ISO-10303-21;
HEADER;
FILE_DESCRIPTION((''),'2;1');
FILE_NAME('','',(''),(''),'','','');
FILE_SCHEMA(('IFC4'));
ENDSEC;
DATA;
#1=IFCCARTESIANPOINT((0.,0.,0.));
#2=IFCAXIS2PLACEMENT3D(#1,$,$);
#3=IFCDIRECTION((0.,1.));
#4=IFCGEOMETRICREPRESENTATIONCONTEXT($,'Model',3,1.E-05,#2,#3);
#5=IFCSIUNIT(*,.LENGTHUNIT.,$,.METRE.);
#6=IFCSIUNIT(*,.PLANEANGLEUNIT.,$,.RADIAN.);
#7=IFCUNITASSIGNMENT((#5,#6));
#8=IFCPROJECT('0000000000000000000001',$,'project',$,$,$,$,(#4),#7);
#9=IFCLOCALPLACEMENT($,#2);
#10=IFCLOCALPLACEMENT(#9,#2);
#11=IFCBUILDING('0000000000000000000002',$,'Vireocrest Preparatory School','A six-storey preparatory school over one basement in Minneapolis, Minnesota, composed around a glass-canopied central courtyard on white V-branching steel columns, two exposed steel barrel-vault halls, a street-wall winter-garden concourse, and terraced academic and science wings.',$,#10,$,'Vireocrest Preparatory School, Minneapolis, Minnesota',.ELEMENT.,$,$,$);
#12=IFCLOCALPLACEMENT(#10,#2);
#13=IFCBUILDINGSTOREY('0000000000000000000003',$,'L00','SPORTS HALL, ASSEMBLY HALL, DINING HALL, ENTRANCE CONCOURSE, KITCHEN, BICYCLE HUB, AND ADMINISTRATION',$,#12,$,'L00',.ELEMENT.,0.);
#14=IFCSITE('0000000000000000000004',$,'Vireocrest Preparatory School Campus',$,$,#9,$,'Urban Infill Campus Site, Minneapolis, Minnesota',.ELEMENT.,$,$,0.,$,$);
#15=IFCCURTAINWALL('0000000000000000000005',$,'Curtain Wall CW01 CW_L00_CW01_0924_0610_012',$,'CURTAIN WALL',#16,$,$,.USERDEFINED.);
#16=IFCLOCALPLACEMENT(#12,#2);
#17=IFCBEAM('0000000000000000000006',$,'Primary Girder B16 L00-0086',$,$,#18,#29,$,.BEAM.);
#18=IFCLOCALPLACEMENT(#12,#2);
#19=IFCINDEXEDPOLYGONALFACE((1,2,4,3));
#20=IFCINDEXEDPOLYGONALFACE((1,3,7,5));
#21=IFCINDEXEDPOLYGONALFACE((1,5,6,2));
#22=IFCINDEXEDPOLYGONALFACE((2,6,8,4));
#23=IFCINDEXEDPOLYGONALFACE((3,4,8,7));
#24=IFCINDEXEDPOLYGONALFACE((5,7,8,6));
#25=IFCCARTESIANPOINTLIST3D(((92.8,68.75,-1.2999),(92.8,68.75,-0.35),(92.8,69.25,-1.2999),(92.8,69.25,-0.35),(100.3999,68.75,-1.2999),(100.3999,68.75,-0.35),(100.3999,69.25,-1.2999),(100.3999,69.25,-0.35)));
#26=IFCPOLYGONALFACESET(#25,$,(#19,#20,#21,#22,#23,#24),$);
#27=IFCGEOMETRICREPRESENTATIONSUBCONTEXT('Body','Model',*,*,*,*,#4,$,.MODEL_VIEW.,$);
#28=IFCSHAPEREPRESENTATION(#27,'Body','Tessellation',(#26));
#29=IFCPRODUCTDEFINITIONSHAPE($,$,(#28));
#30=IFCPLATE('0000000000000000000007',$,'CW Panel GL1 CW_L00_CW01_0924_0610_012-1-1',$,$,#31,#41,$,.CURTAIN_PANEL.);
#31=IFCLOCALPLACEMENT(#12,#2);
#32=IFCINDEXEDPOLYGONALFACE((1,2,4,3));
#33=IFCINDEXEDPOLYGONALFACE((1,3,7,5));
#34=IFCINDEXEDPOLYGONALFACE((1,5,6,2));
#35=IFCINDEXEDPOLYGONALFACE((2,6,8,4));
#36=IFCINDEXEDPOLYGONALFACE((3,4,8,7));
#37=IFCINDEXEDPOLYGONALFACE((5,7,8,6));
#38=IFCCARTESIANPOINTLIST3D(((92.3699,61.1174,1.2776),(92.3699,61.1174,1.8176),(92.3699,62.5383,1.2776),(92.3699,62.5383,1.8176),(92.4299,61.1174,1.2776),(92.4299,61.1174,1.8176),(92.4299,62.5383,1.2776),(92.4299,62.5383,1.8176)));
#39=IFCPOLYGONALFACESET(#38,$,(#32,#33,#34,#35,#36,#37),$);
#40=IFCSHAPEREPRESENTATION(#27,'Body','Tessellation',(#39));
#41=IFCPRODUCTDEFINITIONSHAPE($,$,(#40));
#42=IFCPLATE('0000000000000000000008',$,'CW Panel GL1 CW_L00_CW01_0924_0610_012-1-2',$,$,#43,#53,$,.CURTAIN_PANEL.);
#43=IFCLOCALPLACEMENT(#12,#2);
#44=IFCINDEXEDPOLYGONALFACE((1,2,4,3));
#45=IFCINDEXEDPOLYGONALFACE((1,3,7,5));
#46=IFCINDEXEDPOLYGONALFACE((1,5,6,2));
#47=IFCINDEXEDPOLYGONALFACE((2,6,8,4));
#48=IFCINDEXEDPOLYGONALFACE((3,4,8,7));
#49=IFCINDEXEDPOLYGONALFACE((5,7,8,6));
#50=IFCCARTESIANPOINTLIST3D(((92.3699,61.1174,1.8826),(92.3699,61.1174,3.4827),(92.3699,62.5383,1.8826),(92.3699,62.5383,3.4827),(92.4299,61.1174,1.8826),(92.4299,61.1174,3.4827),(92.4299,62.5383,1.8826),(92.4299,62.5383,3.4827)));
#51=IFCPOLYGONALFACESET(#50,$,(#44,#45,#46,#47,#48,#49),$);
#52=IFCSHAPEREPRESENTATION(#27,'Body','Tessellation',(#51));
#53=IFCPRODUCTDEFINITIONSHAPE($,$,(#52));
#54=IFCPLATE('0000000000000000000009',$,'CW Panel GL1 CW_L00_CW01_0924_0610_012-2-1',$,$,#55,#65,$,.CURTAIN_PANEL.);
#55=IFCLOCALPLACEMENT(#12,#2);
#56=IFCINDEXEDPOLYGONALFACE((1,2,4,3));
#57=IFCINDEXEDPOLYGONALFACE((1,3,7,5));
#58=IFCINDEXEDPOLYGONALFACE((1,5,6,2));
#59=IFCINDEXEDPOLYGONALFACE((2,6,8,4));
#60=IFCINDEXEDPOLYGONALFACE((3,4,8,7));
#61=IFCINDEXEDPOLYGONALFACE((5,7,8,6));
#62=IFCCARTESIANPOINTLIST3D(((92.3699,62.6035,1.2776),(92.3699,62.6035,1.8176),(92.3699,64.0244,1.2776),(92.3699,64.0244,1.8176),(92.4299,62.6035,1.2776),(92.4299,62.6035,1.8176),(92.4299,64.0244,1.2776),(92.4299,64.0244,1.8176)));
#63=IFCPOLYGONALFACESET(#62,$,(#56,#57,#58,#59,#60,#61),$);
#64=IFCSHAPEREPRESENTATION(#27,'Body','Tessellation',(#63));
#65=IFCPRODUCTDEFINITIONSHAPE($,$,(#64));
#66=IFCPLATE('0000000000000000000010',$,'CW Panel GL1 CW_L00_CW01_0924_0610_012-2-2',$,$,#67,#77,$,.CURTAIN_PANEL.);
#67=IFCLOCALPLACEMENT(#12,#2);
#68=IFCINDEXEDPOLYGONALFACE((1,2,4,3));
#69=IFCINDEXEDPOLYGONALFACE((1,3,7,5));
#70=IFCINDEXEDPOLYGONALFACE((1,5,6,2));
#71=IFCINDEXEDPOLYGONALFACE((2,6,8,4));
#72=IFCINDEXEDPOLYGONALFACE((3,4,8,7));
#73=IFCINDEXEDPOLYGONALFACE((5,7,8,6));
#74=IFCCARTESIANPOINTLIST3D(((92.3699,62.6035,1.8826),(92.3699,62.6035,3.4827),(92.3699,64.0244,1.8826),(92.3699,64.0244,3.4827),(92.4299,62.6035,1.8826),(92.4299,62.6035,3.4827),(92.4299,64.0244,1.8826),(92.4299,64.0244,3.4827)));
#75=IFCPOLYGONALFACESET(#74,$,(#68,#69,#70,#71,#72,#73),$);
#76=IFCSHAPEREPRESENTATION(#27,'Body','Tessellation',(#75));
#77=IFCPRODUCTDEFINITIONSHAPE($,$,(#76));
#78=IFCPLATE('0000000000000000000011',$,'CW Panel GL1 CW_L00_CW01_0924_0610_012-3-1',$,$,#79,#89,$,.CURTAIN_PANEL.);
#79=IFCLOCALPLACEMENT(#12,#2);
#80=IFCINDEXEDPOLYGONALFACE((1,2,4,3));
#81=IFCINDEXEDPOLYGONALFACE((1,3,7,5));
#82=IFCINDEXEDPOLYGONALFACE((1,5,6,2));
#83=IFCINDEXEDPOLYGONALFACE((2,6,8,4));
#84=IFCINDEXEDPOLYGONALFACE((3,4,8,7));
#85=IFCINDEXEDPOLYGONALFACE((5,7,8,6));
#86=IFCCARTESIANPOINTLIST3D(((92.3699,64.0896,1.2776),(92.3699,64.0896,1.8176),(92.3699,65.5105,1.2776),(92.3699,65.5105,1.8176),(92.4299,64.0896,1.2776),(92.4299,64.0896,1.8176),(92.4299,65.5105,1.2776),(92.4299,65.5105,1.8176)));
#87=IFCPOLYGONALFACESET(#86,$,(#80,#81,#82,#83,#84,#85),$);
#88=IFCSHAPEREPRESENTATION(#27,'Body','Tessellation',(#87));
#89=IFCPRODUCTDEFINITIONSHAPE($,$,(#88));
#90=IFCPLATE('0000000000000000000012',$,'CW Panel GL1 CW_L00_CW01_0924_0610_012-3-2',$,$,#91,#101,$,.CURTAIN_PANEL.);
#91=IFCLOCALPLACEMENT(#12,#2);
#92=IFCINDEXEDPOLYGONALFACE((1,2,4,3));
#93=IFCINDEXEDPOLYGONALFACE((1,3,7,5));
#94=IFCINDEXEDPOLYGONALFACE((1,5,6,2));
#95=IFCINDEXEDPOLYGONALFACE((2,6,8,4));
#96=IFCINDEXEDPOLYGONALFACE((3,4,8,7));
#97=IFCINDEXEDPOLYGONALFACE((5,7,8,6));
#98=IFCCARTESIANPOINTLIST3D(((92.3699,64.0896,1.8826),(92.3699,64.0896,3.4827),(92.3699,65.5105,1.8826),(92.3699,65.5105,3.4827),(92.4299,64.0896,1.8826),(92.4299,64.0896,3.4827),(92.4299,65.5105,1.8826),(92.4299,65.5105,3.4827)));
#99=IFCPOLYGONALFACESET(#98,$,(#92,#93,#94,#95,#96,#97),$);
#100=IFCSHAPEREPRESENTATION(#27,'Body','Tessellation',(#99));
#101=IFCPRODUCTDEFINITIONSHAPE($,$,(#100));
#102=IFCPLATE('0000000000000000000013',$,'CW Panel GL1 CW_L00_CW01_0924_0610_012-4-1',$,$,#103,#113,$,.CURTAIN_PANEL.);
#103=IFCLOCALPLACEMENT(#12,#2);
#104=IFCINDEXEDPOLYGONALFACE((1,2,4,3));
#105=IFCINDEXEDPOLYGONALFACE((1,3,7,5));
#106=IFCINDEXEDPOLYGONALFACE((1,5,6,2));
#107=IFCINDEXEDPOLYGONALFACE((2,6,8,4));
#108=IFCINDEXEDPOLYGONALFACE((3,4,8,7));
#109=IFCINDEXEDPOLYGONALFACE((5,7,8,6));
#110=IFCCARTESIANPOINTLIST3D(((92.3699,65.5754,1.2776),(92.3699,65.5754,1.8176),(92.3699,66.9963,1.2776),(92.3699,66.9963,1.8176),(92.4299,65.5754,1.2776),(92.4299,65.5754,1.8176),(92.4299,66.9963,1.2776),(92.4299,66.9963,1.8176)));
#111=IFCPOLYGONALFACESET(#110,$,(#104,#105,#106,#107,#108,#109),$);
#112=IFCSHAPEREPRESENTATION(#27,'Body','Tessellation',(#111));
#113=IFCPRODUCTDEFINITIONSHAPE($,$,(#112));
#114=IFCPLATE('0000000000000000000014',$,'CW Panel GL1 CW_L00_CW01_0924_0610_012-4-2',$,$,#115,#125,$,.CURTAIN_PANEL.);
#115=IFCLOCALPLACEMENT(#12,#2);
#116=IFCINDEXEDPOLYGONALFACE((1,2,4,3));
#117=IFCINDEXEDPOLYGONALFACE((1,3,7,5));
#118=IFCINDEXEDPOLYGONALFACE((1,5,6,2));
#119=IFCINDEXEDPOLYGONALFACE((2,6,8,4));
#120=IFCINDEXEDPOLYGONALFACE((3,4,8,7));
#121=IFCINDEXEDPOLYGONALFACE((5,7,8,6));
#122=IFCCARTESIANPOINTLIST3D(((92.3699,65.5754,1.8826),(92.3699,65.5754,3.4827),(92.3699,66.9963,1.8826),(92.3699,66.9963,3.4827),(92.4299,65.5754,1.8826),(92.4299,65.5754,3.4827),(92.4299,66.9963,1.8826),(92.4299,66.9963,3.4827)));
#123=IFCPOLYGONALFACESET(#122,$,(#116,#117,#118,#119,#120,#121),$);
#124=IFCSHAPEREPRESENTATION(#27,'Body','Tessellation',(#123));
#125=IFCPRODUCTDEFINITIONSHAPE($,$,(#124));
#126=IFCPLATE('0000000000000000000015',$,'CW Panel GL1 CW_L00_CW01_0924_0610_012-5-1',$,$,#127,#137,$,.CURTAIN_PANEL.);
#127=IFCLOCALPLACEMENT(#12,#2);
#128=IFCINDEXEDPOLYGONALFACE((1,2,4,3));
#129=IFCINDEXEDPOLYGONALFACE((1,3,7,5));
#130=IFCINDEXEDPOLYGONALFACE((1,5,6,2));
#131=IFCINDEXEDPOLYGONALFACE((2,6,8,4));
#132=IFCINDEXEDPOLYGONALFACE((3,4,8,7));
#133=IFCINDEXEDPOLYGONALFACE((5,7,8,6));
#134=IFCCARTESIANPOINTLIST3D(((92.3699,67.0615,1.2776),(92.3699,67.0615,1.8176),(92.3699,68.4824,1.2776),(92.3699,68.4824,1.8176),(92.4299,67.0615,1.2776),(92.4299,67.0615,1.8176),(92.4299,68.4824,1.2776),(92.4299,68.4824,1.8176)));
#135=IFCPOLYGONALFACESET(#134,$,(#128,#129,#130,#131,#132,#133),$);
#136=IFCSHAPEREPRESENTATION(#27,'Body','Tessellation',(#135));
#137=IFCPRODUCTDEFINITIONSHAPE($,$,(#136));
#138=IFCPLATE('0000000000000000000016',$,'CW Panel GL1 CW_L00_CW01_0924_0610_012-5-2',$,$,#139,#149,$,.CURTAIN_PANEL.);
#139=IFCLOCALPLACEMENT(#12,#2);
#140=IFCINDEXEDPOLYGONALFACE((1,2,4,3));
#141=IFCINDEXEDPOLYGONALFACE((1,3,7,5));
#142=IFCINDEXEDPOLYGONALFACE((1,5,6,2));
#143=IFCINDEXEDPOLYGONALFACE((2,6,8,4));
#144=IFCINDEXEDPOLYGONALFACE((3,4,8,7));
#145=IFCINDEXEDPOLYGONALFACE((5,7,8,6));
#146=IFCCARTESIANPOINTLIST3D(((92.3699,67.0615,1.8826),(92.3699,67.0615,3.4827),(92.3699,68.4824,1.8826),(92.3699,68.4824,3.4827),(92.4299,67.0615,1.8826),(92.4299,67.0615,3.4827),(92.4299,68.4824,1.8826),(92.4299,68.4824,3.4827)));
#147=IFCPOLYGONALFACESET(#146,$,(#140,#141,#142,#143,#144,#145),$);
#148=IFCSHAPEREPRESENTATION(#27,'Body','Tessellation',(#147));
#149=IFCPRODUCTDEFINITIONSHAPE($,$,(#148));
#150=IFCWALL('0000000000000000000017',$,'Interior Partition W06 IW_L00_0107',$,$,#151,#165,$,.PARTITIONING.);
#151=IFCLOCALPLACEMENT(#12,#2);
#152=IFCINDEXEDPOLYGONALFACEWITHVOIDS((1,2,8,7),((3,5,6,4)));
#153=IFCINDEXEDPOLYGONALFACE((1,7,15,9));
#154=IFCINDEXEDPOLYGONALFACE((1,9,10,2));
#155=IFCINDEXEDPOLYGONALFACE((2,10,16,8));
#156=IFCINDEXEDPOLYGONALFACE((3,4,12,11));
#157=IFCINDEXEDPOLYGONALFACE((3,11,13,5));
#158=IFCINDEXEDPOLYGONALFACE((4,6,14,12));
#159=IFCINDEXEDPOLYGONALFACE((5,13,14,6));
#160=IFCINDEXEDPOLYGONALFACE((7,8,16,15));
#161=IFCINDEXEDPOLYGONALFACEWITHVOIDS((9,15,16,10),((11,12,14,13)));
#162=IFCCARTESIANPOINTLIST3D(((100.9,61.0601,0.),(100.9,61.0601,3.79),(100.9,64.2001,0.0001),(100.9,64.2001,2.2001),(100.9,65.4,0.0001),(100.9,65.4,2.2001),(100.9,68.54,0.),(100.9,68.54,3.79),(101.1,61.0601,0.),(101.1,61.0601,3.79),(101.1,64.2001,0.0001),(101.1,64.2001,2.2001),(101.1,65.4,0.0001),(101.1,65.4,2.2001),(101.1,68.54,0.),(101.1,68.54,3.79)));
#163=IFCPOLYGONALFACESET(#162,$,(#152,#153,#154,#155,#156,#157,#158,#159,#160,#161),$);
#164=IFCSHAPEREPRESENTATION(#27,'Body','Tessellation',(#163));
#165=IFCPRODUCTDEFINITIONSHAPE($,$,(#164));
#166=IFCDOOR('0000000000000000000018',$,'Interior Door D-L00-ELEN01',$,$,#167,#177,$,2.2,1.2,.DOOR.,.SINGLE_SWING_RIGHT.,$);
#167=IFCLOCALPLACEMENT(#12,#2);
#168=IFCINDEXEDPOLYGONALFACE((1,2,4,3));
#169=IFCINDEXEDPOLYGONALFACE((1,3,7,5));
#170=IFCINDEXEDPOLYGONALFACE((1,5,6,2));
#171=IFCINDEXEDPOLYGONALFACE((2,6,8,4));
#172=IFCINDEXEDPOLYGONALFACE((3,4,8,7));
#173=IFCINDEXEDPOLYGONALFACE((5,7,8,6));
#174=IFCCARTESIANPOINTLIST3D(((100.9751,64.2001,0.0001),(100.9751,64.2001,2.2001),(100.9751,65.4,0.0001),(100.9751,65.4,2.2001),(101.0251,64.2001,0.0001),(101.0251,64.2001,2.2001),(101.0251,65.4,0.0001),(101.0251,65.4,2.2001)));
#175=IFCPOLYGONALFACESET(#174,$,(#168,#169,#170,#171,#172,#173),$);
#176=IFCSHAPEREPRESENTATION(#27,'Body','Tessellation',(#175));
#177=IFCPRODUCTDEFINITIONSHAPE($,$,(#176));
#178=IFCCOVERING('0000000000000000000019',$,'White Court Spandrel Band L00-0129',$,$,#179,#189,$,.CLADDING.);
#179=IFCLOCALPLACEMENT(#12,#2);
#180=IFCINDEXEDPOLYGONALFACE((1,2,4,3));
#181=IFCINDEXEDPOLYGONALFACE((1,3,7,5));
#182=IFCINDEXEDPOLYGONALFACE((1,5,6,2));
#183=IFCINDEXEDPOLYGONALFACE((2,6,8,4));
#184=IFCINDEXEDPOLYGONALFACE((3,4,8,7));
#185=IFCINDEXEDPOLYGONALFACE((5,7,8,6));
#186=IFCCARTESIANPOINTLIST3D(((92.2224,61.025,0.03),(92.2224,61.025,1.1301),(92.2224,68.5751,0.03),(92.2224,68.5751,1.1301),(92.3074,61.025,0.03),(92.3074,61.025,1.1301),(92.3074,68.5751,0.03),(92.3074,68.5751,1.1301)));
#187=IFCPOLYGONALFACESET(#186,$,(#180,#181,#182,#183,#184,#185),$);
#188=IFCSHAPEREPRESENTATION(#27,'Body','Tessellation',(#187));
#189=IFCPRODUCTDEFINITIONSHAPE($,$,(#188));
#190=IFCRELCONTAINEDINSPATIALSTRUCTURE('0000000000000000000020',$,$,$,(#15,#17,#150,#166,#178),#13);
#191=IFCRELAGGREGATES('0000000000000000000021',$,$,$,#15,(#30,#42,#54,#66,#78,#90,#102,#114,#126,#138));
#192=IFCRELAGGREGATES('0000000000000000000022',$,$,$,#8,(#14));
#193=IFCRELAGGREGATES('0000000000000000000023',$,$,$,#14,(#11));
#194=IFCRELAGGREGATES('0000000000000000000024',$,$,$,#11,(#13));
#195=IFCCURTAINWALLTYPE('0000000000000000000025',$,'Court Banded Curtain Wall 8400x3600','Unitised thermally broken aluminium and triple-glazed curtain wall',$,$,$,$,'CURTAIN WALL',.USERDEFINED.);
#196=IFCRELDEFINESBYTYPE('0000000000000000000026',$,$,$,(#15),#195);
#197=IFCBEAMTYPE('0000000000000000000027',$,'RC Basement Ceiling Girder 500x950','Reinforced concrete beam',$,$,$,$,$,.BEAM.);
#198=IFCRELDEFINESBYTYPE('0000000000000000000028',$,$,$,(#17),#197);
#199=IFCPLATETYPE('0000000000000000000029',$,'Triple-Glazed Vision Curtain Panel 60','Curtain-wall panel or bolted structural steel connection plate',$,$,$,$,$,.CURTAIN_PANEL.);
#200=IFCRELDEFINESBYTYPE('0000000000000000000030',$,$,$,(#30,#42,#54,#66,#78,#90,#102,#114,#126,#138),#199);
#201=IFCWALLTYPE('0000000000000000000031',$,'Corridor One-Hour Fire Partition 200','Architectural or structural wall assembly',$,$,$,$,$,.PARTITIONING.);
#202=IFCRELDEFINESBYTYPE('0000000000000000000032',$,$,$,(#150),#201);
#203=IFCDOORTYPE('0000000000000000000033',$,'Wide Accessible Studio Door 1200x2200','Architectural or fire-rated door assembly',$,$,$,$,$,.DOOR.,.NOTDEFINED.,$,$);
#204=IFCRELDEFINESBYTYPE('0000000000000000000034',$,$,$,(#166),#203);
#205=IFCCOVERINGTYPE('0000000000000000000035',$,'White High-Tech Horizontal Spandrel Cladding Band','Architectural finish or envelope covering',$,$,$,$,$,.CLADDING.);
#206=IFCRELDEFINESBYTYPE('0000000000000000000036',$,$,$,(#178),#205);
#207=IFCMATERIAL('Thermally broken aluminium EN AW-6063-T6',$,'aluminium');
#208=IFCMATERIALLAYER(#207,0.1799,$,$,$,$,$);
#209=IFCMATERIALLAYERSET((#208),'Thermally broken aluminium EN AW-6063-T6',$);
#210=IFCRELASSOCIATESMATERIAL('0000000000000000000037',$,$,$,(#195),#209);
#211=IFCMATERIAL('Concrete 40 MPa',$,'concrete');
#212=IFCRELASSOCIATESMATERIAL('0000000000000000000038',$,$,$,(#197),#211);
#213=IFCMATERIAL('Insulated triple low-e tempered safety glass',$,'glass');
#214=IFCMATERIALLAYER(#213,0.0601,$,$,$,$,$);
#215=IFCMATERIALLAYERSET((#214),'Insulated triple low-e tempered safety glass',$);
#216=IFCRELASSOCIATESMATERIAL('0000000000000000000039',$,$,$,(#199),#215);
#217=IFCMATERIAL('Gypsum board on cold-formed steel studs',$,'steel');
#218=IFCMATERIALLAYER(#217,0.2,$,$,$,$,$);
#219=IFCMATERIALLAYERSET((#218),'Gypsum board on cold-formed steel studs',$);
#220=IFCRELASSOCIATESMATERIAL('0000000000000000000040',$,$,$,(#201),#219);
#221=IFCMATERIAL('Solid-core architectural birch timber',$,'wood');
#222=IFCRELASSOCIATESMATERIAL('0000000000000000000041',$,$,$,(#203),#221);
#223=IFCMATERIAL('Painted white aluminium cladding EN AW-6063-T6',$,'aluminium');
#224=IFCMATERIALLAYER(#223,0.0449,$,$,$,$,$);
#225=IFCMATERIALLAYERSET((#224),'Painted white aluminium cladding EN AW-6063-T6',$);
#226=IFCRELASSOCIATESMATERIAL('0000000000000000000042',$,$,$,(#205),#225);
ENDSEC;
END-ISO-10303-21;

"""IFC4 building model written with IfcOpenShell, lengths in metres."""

from ifc_helpers import new_model, si_unit, direction, frame, frame_2d, origin, origin_2d, place, context, subcontext, project, spatial, rectangle, extrude, material, layer, layer_set, material_profile, profile_set, type_object, element, fill, aggregate, save


model = new_model("IFC4")

# Units and contexts
model_context = context("Model", 3, precision=1e-05, world=origin(), true_north=direction((0.0, 1.0)))
body_context = subcontext(model_context, "Body", "Model", "MODEL_VIEW")
ifc_project = project(units=[si_unit("LENGTHUNIT", "METRE"), si_unit("PLANEANGLEUNIT", "RADIAN")], contexts=[model_context])

# Site, building, storey
site_placement = place(None, origin())
site = spatial("IfcSite", under=ifc_project, at=site_placement, Name="Vireocrest Preparatory School Campus", LongName="Urban Infill Campus Site, Minneapolis, Minnesota", CompositionType="ELEMENT", RefElevation=0.0)
building_placement = place(site_placement, origin())
building = spatial("IfcBuilding", under=site, at=building_placement, Name="Vireocrest Preparatory School", Description="A six-storey preparatory school over one basement in Minneapolis, Minnesota, composed around a glass-canopied central courtyard on white V-branching steel columns, two exposed steel barrel-vault halls, a street-wall winter-garden concourse, and terraced academic and science wings.", LongName="Vireocrest Preparatory School, Minneapolis, Minnesota", CompositionType="ELEMENT")
storey_placement = place(building_placement, origin())
storey = spatial("IfcBuildingStorey", under=building, at=storey_placement, Name="L00", Description="SPORTS HALL, ASSEMBLY HALL, DINING HALL, ENTRANCE CONCOURSE, KITCHEN, BICYCLE HUB, AND ADMINISTRATION", LongName="L00", CompositionType="ELEMENT", Elevation=0.0)

# Curtain wall
ifc_material_1 = material(Name="Thermally broken aluminium EN AW-6063-T6", Category="aluminium")
ifc_layer_1 = layer(ifc_material_1, 0.1799)
ifc_layer_set_1 = layer_set([ifc_layer_1], Name="Thermally broken aluminium EN AW-6063-T6")
curtain_wall_type = type_object("IfcCurtainWallType", Name="Court Banded Curtain Wall 8400x3600", Description="Unitised thermally broken aluminium and triple-glazed curtain wall", ElementType="CURTAIN WALL", PredefinedType="USERDEFINED", material=ifc_layer_set_1)
curtain_wall_placement = place(storey_placement, origin())
curtain_wall = element("IfcCurtainWall", 1, at=curtain_wall_placement, inside=storey, type_object=curtain_wall_type, Name="Curtain Wall CW01 CW_L00_CW01_0924_0610_012", ObjectType="CURTAIN WALL", PredefinedType="USERDEFINED")

# Beam
ifc_material_2 = material(Name="Concrete 40 MPa", Category="concrete")
ifc_material_profile_1 = material_profile(ifc_material_2, rectangle(XDim=0.5, YDim=0.95, at=origin_2d()), Name="RC 500x950")
ifc_profile_set_1 = profile_set([ifc_material_profile_1], Name="Concrete 40 MPa")
beam_type = type_object("IfcBeamType", Name="RC Basement Ceiling Girder 500x950", Description="Reinforced concrete beam", PredefinedType="BEAM", material=ifc_profile_set_1)
beam_placement = place(storey_placement, frame((92.8, 69.0, -0.825), z_axis=(1.0, 0.0, 0.0), x_axis=(0.0, 1.0, 0.0)))
element("IfcBeam", 2, at=beam_placement, inside=storey, type_object=beam_type, Name="Primary Girder B16 L00-0086", PredefinedType="BEAM", context=body_context, shape_type="SweptSolid", body=[
    extrude(rectangle(XDim=0.5, YDim=0.95, at=origin_2d()), origin(), (0.0, 0.0, 1.0), 7.5999),
])

# Plates
ifc_material_3 = material(Name="Insulated triple low-e tempered safety glass", Category="glass")
ifc_layer_2 = layer(ifc_material_3, 0.0601)
ifc_layer_set_2 = layer_set([ifc_layer_2], Name="Insulated triple low-e tempered safety glass")
plate_type = type_object("IfcPlateType", Name="Triple-Glazed Vision Curtain Panel 60", Description="Curtain-wall panel or bolted structural steel connection plate", PredefinedType="CURTAIN_PANEL", material=ifc_layer_set_2)
plate_1_placement = place(storey_placement, frame((92.3999, 61.8279, 1.2776), z_axis=(0.0, 0.0, 1.0), x_axis=(0.0, 1.0, 0.0)))
plate_1 = element("IfcPlate", 3, at=plate_1_placement, type_object=plate_type, Name="CW Panel GL1 CW_L00_CW01_0924_0610_012-1-1", PredefinedType="CURTAIN_PANEL", context=body_context, shape_type="SweptSolid", body=[
    extrude(rectangle(XDim=1.4209, YDim=0.0601, at=origin_2d()), origin(), (0.0, 0.0, 1.0), 0.54),
])
plate_2_placement = place(storey_placement, frame((92.3999, 61.8279, 1.8826), z_axis=(0.0, 0.0, 1.0), x_axis=(0.0, 1.0, 0.0)))
plate_2 = element("IfcPlate", 4, at=plate_2_placement, type_object=plate_type, Name="CW Panel GL1 CW_L00_CW01_0924_0610_012-1-2", PredefinedType="CURTAIN_PANEL", context=body_context, shape_type="SweptSolid", body=[
    extrude(rectangle(XDim=1.4209, YDim=0.0601, at=origin_2d()), origin(), (0.0, 0.0, 1.0), 1.6001),
])
plate_3_placement = place(storey_placement, frame((92.3999, 63.314, 1.2776), z_axis=(0.0, 0.0, 1.0), x_axis=(0.0, 1.0, 0.0)))
plate_3 = element("IfcPlate", 5, at=plate_3_placement, type_object=plate_type, Name="CW Panel GL1 CW_L00_CW01_0924_0610_012-2-1", PredefinedType="CURTAIN_PANEL", context=body_context, shape_type="SweptSolid", body=[
    extrude(rectangle(XDim=1.4209, YDim=0.0601, at=origin_2d()), origin(), (0.0, 0.0, 1.0), 0.54),
])
plate_4_placement = place(storey_placement, frame((92.3999, 63.314, 1.8826), z_axis=(0.0, 0.0, 1.0), x_axis=(0.0, 1.0, 0.0)))
plate_4 = element("IfcPlate", 6, at=plate_4_placement, type_object=plate_type, Name="CW Panel GL1 CW_L00_CW01_0924_0610_012-2-2", PredefinedType="CURTAIN_PANEL", context=body_context, shape_type="SweptSolid", body=[
    extrude(rectangle(XDim=1.4209, YDim=0.0601, at=origin_2d()), origin(), (0.0, 0.0, 1.0), 1.6001),
])
plate_5_placement = place(storey_placement, frame((92.3999, 64.8, 1.2776), z_axis=(0.0, 0.0, 1.0), x_axis=(0.0, 1.0, 0.0)))
plate_5 = element("IfcPlate", 7, at=plate_5_placement, type_object=plate_type, Name="CW Panel GL1 CW_L00_CW01_0924_0610_012-3-1", PredefinedType="CURTAIN_PANEL", context=body_context, shape_type="SweptSolid", body=[
    extrude(rectangle(XDim=1.4209, YDim=0.0601, at=origin_2d()), origin(), (0.0, 0.0, 1.0), 0.54),
])
plate_6_placement = place(storey_placement, frame((92.3999, 64.8, 1.8826), z_axis=(0.0, 0.0, 1.0), x_axis=(0.0, 1.0, 0.0)))
plate_6 = element("IfcPlate", 8, at=plate_6_placement, type_object=plate_type, Name="CW Panel GL1 CW_L00_CW01_0924_0610_012-3-2", PredefinedType="CURTAIN_PANEL", context=body_context, shape_type="SweptSolid", body=[
    extrude(rectangle(XDim=1.4209, YDim=0.0601, at=origin_2d()), origin(), (0.0, 0.0, 1.0), 1.6001),
])
plate_7_placement = place(storey_placement, frame((92.3999, 66.2859, 1.2776), z_axis=(0.0, 0.0, 1.0), x_axis=(0.0, 1.0, 0.0)))
plate_7 = element("IfcPlate", 9, at=plate_7_placement, type_object=plate_type, Name="CW Panel GL1 CW_L00_CW01_0924_0610_012-4-1", PredefinedType="CURTAIN_PANEL", context=body_context, shape_type="SweptSolid", body=[
    extrude(rectangle(XDim=1.4209, YDim=0.0601, at=origin_2d()), origin(), (0.0, 0.0, 1.0), 0.54),
])
plate_8_placement = place(storey_placement, frame((92.3999, 66.2859, 1.8826), z_axis=(0.0, 0.0, 1.0), x_axis=(0.0, 1.0, 0.0)))
plate_8 = element("IfcPlate", 10, at=plate_8_placement, type_object=plate_type, Name="CW Panel GL1 CW_L00_CW01_0924_0610_012-4-2", PredefinedType="CURTAIN_PANEL", context=body_context, shape_type="SweptSolid", body=[
    extrude(rectangle(XDim=1.4209, YDim=0.0601, at=origin_2d()), origin(), (0.0, 0.0, 1.0), 1.6001),
])
plate_9_placement = place(storey_placement, frame((92.3999, 67.772, 1.2776), z_axis=(0.0, 0.0, 1.0), x_axis=(0.0, 1.0, 0.0)))
plate_9 = element("IfcPlate", 11, at=plate_9_placement, type_object=plate_type, Name="CW Panel GL1 CW_L00_CW01_0924_0610_012-5-1", PredefinedType="CURTAIN_PANEL", context=body_context, shape_type="SweptSolid", body=[
    extrude(rectangle(XDim=1.4209, YDim=0.0601, at=origin_2d()), origin(), (0.0, 0.0, 1.0), 0.54),
])
plate_10_placement = place(storey_placement, frame((92.3999, 67.772, 1.8826), z_axis=(0.0, 0.0, 1.0), x_axis=(0.0, 1.0, 0.0)))
plate_10 = element("IfcPlate", 12, at=plate_10_placement, type_object=plate_type, Name="CW Panel GL1 CW_L00_CW01_0924_0610_012-5-2", PredefinedType="CURTAIN_PANEL", context=body_context, shape_type="SweptSolid", body=[
    extrude(rectangle(XDim=1.4209, YDim=0.0601, at=origin_2d()), origin(), (0.0, 0.0, 1.0), 1.6001),
])
aggregate(curtain_wall, [plate_1, plate_2, plate_3, plate_4, plate_5, plate_6, plate_7, plate_8, plate_9, plate_10])

# Wall, opening, door
ifc_material_4 = material(Name="Gypsum board on cold-formed steel studs", Category="steel")
ifc_layer_3 = layer(ifc_material_4, 0.2)
ifc_layer_set_3 = layer_set([ifc_layer_3], Name="Gypsum board on cold-formed steel studs")
wall_type = type_object("IfcWallType", Name="Corridor One-Hour Fire Partition 200", Description="Architectural or structural wall assembly", PredefinedType="PARTITIONING", material=ifc_layer_set_3)
wall_placement = place(storey_placement, frame((101.0, 61.0601, 0.0), z_axis=(0.0, 0.0, 1.0), x_axis=(0.0, 1.0, 0.0)))
wall = element("IfcWall", 13, at=wall_placement, inside=storey, type_object=wall_type, Name="Interior Partition W06 IW_L00_0107", PredefinedType="PARTITIONING", context=body_context, shape_type="SweptSolid", body=[
    extrude(rectangle(XDim=7.48, YDim=0.2, at=frame_2d((3.74, 0.0))), origin(), (0.0, 0.0, 1.0), 3.79),
])
opening_placement = place(wall_placement, frame((3.1399, 0.0, 0.0)))
opening = element("IfcOpeningElement", 14, at=opening_placement, cuts=wall, PredefinedType="OPENING", context=body_context, shape_type="SweptSolid", body=[
    extrude(rectangle(XDim=1.2, YDim=2.2, at=frame_2d((0.6001, 1.1001))), frame((0.0, 0.1099, 0.0), z_axis=(0.0, -1.0, 0.0), x_axis=(1.0, 0.0, 0.0)), (0.0, 0.0, 1.0), 0.22),
])
ifc_material_5 = material(Name="Solid-core architectural birch timber", Category="wood")
door_type = type_object("IfcDoorType", Name="Wide Accessible Studio Door 1200x2200", Description="Architectural or fire-rated door assembly", OperationType="NOTDEFINED", PredefinedType="DOOR", material=ifc_material_5)
door_placement = place(opening_placement, origin())
door = element("IfcDoor", 15, at=door_placement, inside=storey, type_object=door_type, Name="Interior Door D-L00-ELEN01", OperationType="SINGLE_SWING_RIGHT", OverallHeight=2.2, OverallWidth=1.2, PredefinedType="DOOR", context=body_context, shape_type="SweptSolid", body=[
    extrude(rectangle(XDim=1.2, YDim=2.2, at=frame_2d((0.6001, 1.1001))), frame((0.0, 0.0249, 0.0), z_axis=(0.0, -1.0, 0.0), x_axis=(1.0, 0.0, 0.0)), (0.0, 0.0, 1.0), 0.05),
])
fill(opening, door)

# Covering
ifc_material_6 = material(Name="Painted white aluminium cladding EN AW-6063-T6", Category="aluminium")
ifc_layer_4 = layer(ifc_material_6, 0.0449)
ifc_layer_set_4 = layer_set([ifc_layer_4], Name="Painted white aluminium cladding EN AW-6063-T6")
covering_type = type_object("IfcCoveringType", Name="White High-Tech Horizontal Spandrel Cladding Band", Description="Architectural finish or envelope covering", PredefinedType="CLADDING", material=ifc_layer_set_4)
covering_placement = place(storey_placement, frame((92.2649, 64.8, 0.03), z_axis=(0.0, 0.0, 1.0), x_axis=(1.0, 0.0, 0.0)))
element("IfcCovering", 16, at=covering_placement, inside=storey, type_object=covering_type, Name="White Court Spandrel Band L00-0129", PredefinedType="CLADDING", context=body_context, shape_type="SweptSolid", body=[
    extrude(rectangle(XDim=0.085, YDim=7.55, at=origin_2d()), origin(), (0.0, 0.0, 1.0), 1.1001),
])

save(model, "model.ifc")
